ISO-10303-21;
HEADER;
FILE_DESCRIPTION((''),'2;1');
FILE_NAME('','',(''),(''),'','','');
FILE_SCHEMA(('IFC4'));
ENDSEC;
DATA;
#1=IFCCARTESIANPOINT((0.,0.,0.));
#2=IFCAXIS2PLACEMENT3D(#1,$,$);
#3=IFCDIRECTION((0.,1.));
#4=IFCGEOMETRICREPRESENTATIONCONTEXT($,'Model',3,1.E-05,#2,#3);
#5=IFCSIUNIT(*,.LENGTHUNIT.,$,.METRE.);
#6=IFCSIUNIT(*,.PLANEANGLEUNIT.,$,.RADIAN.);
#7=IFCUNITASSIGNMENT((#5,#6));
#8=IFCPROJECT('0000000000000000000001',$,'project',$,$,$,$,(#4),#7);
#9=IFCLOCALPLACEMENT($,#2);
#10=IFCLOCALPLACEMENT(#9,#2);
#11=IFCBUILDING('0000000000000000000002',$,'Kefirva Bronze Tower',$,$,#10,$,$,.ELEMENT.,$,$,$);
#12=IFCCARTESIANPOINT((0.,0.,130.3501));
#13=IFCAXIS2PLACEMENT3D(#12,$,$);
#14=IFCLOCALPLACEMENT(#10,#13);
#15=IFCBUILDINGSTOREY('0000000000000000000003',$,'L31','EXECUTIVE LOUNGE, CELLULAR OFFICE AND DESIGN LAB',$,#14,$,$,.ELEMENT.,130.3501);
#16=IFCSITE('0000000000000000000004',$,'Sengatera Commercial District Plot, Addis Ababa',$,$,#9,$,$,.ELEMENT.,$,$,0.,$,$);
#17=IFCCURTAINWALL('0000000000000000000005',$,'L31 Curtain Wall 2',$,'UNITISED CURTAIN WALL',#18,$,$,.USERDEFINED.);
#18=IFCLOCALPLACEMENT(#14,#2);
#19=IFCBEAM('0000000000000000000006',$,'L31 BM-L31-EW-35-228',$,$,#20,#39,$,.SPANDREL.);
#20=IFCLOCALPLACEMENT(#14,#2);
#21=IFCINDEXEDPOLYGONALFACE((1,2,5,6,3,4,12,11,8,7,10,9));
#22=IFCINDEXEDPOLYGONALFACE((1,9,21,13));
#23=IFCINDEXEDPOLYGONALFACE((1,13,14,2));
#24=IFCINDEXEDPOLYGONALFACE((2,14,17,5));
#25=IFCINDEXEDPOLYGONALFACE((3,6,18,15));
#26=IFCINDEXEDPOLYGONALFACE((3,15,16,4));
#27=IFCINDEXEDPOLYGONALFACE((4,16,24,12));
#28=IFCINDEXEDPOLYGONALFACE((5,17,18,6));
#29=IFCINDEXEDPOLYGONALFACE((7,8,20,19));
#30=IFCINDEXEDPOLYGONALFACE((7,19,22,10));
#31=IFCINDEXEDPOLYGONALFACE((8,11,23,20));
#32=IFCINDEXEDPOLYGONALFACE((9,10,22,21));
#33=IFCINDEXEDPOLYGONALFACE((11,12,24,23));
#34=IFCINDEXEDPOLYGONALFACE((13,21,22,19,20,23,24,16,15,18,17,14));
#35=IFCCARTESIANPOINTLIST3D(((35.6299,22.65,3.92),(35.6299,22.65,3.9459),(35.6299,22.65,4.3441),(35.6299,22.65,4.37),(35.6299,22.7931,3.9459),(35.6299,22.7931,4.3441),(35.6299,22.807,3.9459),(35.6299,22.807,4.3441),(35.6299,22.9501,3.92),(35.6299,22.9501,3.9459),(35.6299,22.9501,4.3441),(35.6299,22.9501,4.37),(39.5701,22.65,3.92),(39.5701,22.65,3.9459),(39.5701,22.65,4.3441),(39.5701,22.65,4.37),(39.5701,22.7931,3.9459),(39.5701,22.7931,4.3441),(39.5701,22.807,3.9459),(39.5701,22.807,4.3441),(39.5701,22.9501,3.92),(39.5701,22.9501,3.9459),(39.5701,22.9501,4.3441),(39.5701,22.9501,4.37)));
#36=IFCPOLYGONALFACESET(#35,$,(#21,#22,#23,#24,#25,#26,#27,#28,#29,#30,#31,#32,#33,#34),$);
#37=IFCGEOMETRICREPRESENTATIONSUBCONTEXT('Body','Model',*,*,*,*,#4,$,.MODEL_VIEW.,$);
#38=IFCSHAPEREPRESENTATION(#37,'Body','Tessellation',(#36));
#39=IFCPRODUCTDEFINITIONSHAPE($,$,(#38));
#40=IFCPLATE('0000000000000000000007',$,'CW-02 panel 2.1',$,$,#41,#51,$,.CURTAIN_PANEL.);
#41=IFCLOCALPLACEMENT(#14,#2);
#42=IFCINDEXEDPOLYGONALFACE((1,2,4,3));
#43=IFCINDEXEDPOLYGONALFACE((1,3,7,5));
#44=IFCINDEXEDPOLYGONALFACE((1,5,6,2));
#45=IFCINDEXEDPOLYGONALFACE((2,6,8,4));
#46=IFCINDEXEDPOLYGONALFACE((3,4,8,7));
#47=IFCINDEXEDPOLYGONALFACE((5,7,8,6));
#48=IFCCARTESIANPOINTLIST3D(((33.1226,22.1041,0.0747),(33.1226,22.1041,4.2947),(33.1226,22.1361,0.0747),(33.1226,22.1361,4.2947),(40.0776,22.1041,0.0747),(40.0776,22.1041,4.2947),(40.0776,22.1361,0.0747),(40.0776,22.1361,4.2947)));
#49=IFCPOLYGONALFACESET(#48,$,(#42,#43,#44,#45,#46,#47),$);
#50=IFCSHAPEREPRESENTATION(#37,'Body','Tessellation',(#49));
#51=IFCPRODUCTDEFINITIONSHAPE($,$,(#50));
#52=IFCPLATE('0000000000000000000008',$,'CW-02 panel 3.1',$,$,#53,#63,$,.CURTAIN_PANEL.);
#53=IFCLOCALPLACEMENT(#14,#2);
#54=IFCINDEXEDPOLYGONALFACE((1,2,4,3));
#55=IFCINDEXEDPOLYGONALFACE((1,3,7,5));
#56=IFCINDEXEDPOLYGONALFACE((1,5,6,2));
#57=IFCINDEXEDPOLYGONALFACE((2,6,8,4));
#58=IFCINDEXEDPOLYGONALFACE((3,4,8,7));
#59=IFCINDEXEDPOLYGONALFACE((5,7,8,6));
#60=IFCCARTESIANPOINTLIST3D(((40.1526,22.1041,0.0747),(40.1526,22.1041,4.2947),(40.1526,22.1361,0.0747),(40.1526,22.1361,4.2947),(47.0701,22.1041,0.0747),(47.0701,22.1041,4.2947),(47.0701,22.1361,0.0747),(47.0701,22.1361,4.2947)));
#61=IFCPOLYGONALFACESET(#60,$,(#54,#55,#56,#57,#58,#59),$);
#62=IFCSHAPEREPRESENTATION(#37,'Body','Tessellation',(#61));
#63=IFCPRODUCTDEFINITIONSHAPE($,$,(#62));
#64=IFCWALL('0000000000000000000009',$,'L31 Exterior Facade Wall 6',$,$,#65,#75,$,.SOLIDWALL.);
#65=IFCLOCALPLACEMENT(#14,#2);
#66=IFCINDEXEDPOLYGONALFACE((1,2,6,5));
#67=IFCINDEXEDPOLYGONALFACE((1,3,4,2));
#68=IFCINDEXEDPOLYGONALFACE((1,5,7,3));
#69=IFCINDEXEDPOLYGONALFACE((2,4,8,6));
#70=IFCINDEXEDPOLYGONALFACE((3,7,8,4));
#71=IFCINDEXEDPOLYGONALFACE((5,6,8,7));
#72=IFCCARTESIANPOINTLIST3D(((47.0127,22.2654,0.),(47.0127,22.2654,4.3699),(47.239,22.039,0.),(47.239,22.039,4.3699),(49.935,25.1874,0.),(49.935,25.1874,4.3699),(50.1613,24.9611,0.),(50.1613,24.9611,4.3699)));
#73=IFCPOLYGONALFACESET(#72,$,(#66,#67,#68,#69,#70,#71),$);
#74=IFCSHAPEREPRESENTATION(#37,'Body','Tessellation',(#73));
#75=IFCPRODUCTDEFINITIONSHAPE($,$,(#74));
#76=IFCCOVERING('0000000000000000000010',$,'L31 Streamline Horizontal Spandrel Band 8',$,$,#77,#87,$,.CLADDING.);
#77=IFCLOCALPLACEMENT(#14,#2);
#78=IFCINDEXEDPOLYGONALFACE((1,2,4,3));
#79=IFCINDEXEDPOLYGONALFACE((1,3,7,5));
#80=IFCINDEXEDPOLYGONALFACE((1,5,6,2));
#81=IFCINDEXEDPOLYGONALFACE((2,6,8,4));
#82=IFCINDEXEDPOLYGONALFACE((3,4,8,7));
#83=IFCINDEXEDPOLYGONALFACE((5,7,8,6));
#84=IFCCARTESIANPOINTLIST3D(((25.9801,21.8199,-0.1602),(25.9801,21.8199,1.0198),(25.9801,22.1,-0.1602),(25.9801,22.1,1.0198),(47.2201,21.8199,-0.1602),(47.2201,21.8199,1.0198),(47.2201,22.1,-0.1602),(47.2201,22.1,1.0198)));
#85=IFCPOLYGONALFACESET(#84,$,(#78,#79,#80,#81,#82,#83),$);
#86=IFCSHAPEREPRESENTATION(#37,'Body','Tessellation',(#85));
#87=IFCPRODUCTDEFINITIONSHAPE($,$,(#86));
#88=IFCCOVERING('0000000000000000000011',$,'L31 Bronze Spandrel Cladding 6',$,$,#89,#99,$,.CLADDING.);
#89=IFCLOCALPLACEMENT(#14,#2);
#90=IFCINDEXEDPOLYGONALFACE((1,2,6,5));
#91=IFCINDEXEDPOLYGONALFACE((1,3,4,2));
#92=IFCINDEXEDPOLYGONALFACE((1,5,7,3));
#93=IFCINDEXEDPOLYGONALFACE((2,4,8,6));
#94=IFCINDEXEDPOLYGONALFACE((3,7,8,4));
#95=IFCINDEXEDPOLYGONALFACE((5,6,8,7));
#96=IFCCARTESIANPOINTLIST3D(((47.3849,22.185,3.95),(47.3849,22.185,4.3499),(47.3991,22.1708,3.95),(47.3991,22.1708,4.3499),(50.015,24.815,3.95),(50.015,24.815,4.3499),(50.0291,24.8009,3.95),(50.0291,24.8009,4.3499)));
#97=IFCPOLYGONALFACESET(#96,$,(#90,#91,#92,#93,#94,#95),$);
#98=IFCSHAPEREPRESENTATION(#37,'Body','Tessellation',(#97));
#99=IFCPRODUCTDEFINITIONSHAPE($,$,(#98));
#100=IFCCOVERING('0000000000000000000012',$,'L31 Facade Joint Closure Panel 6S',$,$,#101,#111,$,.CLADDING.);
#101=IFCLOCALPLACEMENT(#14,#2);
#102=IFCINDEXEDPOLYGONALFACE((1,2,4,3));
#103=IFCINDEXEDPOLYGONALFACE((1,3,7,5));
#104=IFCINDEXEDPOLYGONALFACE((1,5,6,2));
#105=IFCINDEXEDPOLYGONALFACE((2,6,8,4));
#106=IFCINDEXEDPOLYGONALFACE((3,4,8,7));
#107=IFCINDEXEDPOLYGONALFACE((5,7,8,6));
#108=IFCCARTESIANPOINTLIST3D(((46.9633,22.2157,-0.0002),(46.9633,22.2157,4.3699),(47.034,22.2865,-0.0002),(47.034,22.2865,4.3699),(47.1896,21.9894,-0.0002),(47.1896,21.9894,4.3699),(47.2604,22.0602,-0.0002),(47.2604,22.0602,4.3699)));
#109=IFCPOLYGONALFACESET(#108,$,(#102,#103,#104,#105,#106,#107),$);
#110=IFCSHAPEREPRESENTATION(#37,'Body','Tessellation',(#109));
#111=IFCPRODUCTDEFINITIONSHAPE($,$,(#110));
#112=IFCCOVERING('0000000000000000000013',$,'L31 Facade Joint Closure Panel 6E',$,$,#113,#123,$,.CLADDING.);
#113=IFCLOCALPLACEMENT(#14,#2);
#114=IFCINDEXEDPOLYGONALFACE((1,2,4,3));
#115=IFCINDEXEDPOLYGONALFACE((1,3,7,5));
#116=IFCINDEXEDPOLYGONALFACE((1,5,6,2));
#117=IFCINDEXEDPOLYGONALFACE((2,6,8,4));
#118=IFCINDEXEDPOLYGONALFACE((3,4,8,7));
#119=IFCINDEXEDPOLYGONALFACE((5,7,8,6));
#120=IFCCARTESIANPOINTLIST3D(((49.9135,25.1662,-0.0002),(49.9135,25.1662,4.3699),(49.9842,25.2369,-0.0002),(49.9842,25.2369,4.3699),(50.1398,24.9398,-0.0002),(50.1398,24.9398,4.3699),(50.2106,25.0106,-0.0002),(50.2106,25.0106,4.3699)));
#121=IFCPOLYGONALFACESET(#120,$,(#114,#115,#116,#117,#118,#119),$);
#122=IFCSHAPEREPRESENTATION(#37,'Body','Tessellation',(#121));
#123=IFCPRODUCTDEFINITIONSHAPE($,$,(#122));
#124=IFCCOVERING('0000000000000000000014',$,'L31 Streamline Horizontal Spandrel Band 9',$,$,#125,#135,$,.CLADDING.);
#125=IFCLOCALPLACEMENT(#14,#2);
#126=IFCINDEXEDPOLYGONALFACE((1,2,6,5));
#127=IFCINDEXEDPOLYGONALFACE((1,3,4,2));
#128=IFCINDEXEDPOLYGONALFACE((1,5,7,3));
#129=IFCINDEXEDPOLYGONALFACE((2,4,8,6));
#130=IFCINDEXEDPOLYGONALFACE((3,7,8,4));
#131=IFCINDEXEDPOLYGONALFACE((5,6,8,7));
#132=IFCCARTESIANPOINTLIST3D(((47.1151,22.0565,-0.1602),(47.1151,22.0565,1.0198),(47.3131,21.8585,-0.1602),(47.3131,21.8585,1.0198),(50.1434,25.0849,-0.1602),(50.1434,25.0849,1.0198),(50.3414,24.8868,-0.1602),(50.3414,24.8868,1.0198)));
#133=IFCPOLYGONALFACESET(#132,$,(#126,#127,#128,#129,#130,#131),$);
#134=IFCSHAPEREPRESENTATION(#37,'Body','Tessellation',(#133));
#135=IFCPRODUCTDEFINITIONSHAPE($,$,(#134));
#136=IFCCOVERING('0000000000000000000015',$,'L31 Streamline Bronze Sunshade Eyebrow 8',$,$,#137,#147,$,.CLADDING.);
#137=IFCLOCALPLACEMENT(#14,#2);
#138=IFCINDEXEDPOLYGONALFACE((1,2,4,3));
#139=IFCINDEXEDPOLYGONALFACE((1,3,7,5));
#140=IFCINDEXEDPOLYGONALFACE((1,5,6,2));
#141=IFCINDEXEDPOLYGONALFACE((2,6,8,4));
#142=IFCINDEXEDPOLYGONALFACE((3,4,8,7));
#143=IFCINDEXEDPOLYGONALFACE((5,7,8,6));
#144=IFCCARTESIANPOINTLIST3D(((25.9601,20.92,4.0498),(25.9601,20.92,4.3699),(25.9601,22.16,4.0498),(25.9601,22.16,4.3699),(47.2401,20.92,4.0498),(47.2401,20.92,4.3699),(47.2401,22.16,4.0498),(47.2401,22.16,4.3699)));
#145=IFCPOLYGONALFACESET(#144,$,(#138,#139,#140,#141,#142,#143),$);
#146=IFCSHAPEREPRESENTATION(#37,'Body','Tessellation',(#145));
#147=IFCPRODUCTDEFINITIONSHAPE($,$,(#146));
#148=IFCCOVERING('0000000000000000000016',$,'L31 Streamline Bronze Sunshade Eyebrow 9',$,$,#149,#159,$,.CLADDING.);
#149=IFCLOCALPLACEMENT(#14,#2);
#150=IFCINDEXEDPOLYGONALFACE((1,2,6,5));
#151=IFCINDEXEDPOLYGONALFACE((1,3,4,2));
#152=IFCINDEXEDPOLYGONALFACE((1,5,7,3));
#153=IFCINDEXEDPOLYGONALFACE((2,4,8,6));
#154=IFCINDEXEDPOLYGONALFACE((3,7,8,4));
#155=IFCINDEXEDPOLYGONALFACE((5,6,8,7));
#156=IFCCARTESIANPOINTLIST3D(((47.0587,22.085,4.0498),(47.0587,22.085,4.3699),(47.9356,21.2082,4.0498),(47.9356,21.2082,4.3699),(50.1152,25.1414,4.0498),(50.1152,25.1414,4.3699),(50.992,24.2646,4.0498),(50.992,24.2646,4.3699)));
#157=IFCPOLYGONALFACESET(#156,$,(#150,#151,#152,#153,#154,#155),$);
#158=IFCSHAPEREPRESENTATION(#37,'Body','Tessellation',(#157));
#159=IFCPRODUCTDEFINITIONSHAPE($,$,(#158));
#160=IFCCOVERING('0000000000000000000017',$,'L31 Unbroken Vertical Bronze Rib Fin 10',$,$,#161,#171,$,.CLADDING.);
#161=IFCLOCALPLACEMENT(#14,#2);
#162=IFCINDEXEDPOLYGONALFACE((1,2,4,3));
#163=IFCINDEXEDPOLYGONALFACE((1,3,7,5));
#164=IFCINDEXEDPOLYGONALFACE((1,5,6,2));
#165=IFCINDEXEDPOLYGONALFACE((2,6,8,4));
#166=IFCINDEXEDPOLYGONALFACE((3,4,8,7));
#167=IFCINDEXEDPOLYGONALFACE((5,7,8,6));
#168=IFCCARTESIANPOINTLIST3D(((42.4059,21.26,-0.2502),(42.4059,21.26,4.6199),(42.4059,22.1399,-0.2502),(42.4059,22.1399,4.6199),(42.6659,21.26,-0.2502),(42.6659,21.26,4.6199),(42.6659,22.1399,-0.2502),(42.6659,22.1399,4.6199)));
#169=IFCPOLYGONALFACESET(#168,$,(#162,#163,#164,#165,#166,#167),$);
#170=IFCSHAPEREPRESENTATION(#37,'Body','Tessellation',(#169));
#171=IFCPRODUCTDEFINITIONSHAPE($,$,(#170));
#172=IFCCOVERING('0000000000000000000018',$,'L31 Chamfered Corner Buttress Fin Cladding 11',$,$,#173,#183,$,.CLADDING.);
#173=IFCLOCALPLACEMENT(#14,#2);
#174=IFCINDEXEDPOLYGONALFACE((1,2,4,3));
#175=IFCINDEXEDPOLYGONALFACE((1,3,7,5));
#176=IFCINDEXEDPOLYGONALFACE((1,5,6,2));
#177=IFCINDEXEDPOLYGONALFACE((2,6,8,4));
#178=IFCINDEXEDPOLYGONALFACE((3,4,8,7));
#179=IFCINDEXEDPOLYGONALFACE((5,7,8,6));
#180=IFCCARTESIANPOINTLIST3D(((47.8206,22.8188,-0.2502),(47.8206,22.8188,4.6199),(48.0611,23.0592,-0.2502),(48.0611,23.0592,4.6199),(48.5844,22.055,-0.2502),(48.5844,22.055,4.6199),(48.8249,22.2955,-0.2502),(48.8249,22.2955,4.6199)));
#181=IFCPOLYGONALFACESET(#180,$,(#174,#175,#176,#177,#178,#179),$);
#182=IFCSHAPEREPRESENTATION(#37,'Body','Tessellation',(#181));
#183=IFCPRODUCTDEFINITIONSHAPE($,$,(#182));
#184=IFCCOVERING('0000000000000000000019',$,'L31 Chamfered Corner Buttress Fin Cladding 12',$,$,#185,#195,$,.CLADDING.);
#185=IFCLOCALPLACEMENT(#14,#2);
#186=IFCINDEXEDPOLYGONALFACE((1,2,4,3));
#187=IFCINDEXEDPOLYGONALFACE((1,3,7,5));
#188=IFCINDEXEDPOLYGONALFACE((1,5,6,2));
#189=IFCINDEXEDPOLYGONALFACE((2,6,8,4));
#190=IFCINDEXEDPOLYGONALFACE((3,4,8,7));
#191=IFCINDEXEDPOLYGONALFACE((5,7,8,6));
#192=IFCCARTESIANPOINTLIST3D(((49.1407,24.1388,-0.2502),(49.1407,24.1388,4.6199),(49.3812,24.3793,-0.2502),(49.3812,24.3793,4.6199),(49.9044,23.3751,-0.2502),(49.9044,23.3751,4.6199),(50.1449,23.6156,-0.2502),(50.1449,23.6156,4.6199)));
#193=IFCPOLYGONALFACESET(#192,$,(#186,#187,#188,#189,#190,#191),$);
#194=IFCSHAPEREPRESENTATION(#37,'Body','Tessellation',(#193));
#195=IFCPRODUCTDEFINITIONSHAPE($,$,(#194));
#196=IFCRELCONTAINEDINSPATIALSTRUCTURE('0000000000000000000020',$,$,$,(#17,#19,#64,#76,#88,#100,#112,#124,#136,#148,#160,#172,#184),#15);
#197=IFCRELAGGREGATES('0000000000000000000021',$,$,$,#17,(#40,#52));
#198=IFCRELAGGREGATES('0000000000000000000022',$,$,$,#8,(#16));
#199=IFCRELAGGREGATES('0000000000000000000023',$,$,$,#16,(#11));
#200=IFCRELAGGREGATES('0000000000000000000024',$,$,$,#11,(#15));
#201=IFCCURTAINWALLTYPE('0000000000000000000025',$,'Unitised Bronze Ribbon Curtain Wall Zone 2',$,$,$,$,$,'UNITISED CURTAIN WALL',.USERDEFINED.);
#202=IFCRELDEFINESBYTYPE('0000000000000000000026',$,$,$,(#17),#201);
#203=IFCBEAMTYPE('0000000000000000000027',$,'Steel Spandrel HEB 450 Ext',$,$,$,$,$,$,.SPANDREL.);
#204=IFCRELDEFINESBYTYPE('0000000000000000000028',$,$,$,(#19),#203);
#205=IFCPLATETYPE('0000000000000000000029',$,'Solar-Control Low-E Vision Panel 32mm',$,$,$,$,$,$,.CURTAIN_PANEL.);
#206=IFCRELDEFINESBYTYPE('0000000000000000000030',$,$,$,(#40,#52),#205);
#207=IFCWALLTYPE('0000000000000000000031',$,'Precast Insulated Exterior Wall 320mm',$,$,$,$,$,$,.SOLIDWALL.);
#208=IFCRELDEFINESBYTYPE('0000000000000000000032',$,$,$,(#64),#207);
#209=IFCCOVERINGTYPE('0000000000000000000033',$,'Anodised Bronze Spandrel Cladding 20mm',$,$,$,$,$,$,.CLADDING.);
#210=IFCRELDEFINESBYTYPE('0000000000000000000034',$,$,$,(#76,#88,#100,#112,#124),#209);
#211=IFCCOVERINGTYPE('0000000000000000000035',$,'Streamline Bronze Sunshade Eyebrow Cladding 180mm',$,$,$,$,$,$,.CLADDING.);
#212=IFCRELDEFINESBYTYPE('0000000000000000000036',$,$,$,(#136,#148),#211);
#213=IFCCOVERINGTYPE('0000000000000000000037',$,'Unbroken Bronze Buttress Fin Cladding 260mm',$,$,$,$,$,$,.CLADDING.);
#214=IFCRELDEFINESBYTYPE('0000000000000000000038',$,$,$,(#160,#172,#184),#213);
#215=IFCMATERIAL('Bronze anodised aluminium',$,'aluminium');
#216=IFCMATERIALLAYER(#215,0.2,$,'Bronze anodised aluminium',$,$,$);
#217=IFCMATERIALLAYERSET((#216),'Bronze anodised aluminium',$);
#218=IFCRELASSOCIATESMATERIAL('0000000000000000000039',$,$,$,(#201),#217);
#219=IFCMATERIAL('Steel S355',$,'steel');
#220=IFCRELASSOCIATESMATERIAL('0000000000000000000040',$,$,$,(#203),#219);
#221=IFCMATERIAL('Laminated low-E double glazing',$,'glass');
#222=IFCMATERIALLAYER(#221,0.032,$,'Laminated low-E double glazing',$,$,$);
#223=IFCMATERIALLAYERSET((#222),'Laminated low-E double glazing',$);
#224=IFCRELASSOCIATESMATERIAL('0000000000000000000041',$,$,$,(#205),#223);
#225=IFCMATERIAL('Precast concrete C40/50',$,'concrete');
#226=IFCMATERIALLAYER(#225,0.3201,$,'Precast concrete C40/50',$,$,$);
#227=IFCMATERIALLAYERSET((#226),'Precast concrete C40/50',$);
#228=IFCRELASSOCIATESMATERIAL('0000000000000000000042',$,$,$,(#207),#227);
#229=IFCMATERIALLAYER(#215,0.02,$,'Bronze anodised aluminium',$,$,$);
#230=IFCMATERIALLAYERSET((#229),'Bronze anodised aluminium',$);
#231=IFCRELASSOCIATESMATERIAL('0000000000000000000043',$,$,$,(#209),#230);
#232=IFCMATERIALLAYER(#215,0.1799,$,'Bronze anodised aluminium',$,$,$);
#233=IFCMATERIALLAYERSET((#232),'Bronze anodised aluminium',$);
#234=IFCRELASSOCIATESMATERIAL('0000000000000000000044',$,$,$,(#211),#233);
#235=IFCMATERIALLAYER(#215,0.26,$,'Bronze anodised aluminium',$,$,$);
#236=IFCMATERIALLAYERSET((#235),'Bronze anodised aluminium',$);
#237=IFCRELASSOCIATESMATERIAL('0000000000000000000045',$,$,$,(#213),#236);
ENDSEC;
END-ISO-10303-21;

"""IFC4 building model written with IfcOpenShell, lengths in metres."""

from ifc_helpers import new_model, si_unit, direction, frame, frame_2d, origin, origin_2d, place, context, subcontext, project, spatial, rectangle, i_section, extrude, material, layer, layer_set, material_profile, profile_set, type_object, element, aggregate, save


model = new_model("IFC4")

# Units and contexts
model_context = context("Model", 3, precision=1e-05, world=origin(), true_north=direction((0.0, 1.0)))
body_context = subcontext(model_context, "Body", "Model", "MODEL_VIEW")
ifc_project = project(units=[si_unit("LENGTHUNIT", "METRE"), si_unit("PLANEANGLEUNIT", "RADIAN")], contexts=[model_context])

# Site, building, storey
site_placement = place(None, origin())
site = spatial("IfcSite", under=ifc_project, at=site_placement, Name="Sengatera Commercial District Plot, Addis Ababa", CompositionType="ELEMENT", RefElevation=0.0)
building_placement = place(site_placement, origin())
building = spatial("IfcBuilding", under=site, at=building_placement, Name="Kefirva Bronze Tower", CompositionType="ELEMENT")
storey_placement = place(building_placement, frame((0.0, 0.0, 130.3501)))
storey = spatial("IfcBuildingStorey", under=building, at=storey_placement, Name="L31", Description="EXECUTIVE LOUNGE, CELLULAR OFFICE AND DESIGN LAB", CompositionType="ELEMENT", Elevation=130.3501)

# Curtain wall
ifc_material_1 = material(Name="Bronze anodised aluminium", Category="aluminium")
ifc_layer_1 = layer(ifc_material_1, 0.2, Name="Bronze anodised aluminium")
ifc_layer_set_1 = layer_set([ifc_layer_1], Name="Bronze anodised aluminium")
curtain_wall_type = type_object("IfcCurtainWallType", Name="Unitised Bronze Ribbon Curtain Wall Zone 2", ElementType="UNITISED CURTAIN WALL", PredefinedType="USERDEFINED", material=ifc_layer_set_1)
curtain_wall_1_placement = place(storey_placement, origin())
curtain_wall_1 = element("IfcCurtainWall", 1, at=curtain_wall_1_placement, inside=storey, type_object=curtain_wall_type, Name="L31 Curtain Wall 2", ObjectType="UNITISED CURTAIN WALL", PredefinedType="USERDEFINED")

# Beam
ifc_material_2 = material(Name="Steel S355", Category="steel")
ifc_material_profile_1 = material_profile(ifc_material_2, i_section(OverallWidth=0.3, OverallDepth=0.45, WebThickness=0.0139, FlangeThickness=0.0259, at=origin_2d()), Name="HEB 450")
ifc_profile_set_1 = profile_set([ifc_material_profile_1], Name="Steel S355")
beam_type_1 = type_object("IfcBeamType", Name="Steel Spandrel HEB 450 Ext", PredefinedType="SPANDREL", material=ifc_profile_set_1)
beam_1_placement = place(storey_placement, frame((35.6299, 22.8, 4.145), z_axis=(1.0, 0.0, 0.0), x_axis=(0.0, 1.0, 0.0)))
element("IfcBeam", 2, at=beam_1_placement, inside=storey, type_object=beam_type_1, Name="L31 BM-L31-EW-35-228", PredefinedType="SPANDREL", context=body_context, shape_type="SweptSolid", body=[
    extrude(i_section(OverallWidth=0.3, OverallDepth=0.45, WebThickness=0.0139, FlangeThickness=0.0259, at=origin_2d()), origin(), (0.0, 0.0, 1.0), 3.9402),
])

# Plates
ifc_material_3 = material(Name="Laminated low-E double glazing", Category="glass")
ifc_layer_2 = layer(ifc_material_3, 0.032, Name="Laminated low-E double glazing")
ifc_layer_set_2 = layer_set([ifc_layer_2], Name="Laminated low-E double glazing")
plate_type = type_object("IfcPlateType", Name="Solar-Control Low-E Vision Panel 32mm", PredefinedType="CURTAIN_PANEL", material=ifc_layer_set_2)
plate_1_placement = place(storey_placement, frame((36.6001, 22.1201, 0.0747), z_axis=(0.0, 0.0, 1.0), x_axis=(1.0, 0.0, 0.0)))
plate_1 = element("IfcPlate", 3, at=plate_1_placement, type_object=plate_type, Name="CW-02 panel 2.1", PredefinedType="CURTAIN_PANEL", context=body_context, shape_type="SweptSolid", body=[
    extrude(rectangle(XDim=6.9551, YDim=0.032, at=origin_2d()), origin(), (0.0, 0.0, 1.0), 4.22),
])
plate_2_placement = place(storey_placement, frame((43.6113, 22.1201, 0.0747), z_axis=(0.0, 0.0, 1.0), x_axis=(1.0, 0.0, 0.0)))
plate_2 = element("IfcPlate", 4, at=plate_2_placement, type_object=plate_type, Name="CW-02 panel 3.1", PredefinedType="CURTAIN_PANEL", context=body_context, shape_type="SweptSolid", body=[
    extrude(rectangle(XDim=6.9175, YDim=0.032, at=origin_2d()), origin(), (0.0, 0.0, 1.0), 4.22),
])
aggregate(curtain_wall_1, [plate_1, plate_2])

# Wall
ifc_material_4 = material(Name="Precast concrete C40/50", Category="concrete")
ifc_layer_3 = layer(ifc_material_4, 0.3201, Name="Precast concrete C40/50")
ifc_layer_set_3 = layer_set([ifc_layer_3], Name="Precast concrete C40/50")
wall_type = type_object("IfcWallType", Name="Precast Insulated Exterior Wall 320mm", PredefinedType="SOLIDWALL", material=ifc_layer_set_3)
wall_placement = place(storey_placement, frame((47.1257, 22.1521, 0.0), z_axis=(0.0, 0.0, 1.0), x_axis=(0.707136, 0.707077, 0.0)))
element("IfcWall", 5, at=wall_placement, inside=storey, type_object=wall_type, Name="L31 Exterior Facade Wall 6", PredefinedType="SOLIDWALL", context=body_context, shape_type="SweptSolid", body=[
    extrude(rectangle(XDim=4.1326, YDim=0.3201, at=frame_2d((2.0664, 0.0))), origin(), (0.0, 0.0, 1.0), 4.3699),
])

# Coverings
ifc_layer_4 = layer(ifc_material_1, 0.02, Name="Bronze anodised aluminium")
ifc_layer_set_4 = layer_set([ifc_layer_4], Name="Bronze anodised aluminium")
covering_type_1 = type_object("IfcCoveringType", Name="Anodised Bronze Spandrel Cladding 20mm", PredefinedType="CLADDING", material=ifc_layer_set_4)
covering_1_placement = place(storey_placement, frame((36.6001, 21.96, -0.1602), z_axis=(0.0, 0.0, 1.0), x_axis=(1.0, 0.0, 0.0)))
element("IfcCovering", 6, at=covering_1_placement, inside=storey, type_object=covering_type_1, Name="L31 Streamline Horizontal Spandrel Band 8", PredefinedType="CLADDING", context=body_context, shape_type="SweptSolid", body=[
    extrude(rectangle(XDim=21.24, YDim=0.28, at=origin_2d()), origin(), (0.0, 0.0, 1.0), 1.1799),
])
covering_2_placement = place(storey_placement, frame((48.707, 23.4929, 3.95), z_axis=(0.0, 0.0, 1.0), x_axis=(0.707107, 0.707107, 0.0)))
element("IfcCovering", 7, at=covering_2_placement, inside=storey, type_object=covering_type_1, Name="L31 Bronze Spandrel Cladding 6", PredefinedType="CLADDING", context=body_context, shape_type="SweptSolid", body=[
    extrude(rectangle(XDim=3.7195, YDim=0.02, at=origin_2d()), origin(), (0.0, 0.0, 1.0), 0.3999),
])
for number, where, z_axis, x_axis, name in (
    (8, (47.1118, 22.1379, -0.0002), (0.0, 0.0, 1.0), (0.707107, 0.707107, 0.0), "L31 Facade Joint Closure Panel 6S"),
    (9, (50.062, 25.0884, -0.0002), (0.0, 0.0, 1.0), (0.707107, 0.707107, 0.0), "L31 Facade Joint Closure Panel 6E"),
):
    element("IfcCovering", number, at=place(storey_placement, frame(where, z_axis=z_axis, x_axis=x_axis)), inside=storey, type_object=covering_type_1, Name=name, PredefinedType="CLADDING", context=body_context, shape_type="SweptSolid", body=[
        extrude(rectangle(XDim=0.1001, YDim=0.3201, at=origin_2d()), origin(), (0.0, 0.0, 1.0), 4.3701),
    ])
covering_3_placement = place(storey_placement, frame((48.7283, 23.4717, -0.1602), z_axis=(0.0, 0.0, 1.0), x_axis=(0.707107, 0.707107, 0.0)))
element("IfcCovering", 10, at=covering_3_placement, inside=storey, type_object=covering_type_1, Name="L31 Streamline Horizontal Spandrel Band 9", PredefinedType="CLADDING", context=body_context, shape_type="SweptSolid", body=[
    extrude(rectangle(XDim=4.2827, YDim=0.28, at=origin_2d()), origin(), (0.0, 0.0, 1.0), 1.1799),
])
ifc_layer_5 = layer(ifc_material_1, 0.1799, Name="Bronze anodised aluminium")
ifc_layer_set_5 = layer_set([ifc_layer_5], Name="Bronze anodised aluminium")
covering_type_2 = type_object("IfcCoveringType", Name="Streamline Bronze Sunshade Eyebrow Cladding 180mm", PredefinedType="CLADDING", material=ifc_layer_set_5)
covering_4_placement = place(storey_placement, frame((36.6001, 21.54, 4.0498), z_axis=(0.0, 0.0, 1.0), x_axis=(1.0, 0.0, 0.0)))
element("IfcCovering", 11, at=covering_4_placement, inside=storey, type_object=covering_type_2, Name="L31 Streamline Bronze Sunshade Eyebrow 8", PredefinedType="CLADDING", context=body_context, shape_type="SweptSolid", body=[
    extrude(rectangle(XDim=21.28, YDim=1.24, at=origin_2d()), origin(), (0.0, 0.0, 1.0), 0.3201),
])
covering_5_placement = place(storey_placement, frame((49.0254, 23.1748, 4.0498), z_axis=(0.0, 0.0, 1.0), x_axis=(0.707107, 0.707107, 0.0)))
element("IfcCovering", 12, at=covering_5_placement, inside=storey, type_object=covering_type_2, Name="L31 Streamline Bronze Sunshade Eyebrow 9", PredefinedType="CLADDING", context=body_context, shape_type="SweptSolid", body=[
    extrude(rectangle(XDim=4.3225, YDim=1.24, at=origin_2d()), origin(), (0.0, 0.0, 1.0), 0.3201),
])
ifc_layer_6 = layer(ifc_material_1, 0.26, Name="Bronze anodised aluminium")
ifc_layer_set_6 = layer_set([ifc_layer_6], Name="Bronze anodised aluminium")
covering_type_3 = type_object("IfcCoveringType", Name="Unbroken Bronze Buttress Fin Cladding 260mm", PredefinedType="CLADDING", material=ifc_layer_set_6)
covering_6_placement = place(storey_placement, frame((42.5359, 21.7, -0.2502), z_axis=(0.0, 0.0, 1.0), x_axis=(1.0, 0.0, 0.0)))
element("IfcCovering", 13, at=covering_6_placement, inside=storey, type_object=covering_type_3, Name="L31 Unbroken Vertical Bronze Rib Fin 10", PredefinedType="CLADDING", context=body_context, shape_type="SweptSolid", body=[
    extrude(rectangle(XDim=0.26, YDim=0.8799, at=origin_2d()), origin(), (0.0, 0.0, 1.0), 4.8701),
])
for number, where, z_axis, x_axis, name in (
    (14, (48.3228, 22.5571, -0.2502), (0.0, 0.0, 1.0), (0.707107, 0.707107, 0.0), "L31 Chamfered Corner Buttress Fin Cladding 11"),
    (15, (49.6428, 23.8772, -0.2502), (0.0, 0.0, 1.0), (0.707107, 0.707107, 0.0), "L31 Chamfered Corner Buttress Fin Cladding 12"),
):
    element("IfcCovering", number, at=place(storey_placement, frame(where, z_axis=z_axis, x_axis=x_axis)), inside=storey, type_object=covering_type_3, Name=name, PredefinedType="CLADDING", context=body_context, shape_type="SweptSolid", body=[
        extrude(rectangle(XDim=0.3401, YDim=1.0801, at=origin_2d()), origin(), (0.0, 0.0, 1.0), 4.8701),
    ])

save(model, "model.ifc")
